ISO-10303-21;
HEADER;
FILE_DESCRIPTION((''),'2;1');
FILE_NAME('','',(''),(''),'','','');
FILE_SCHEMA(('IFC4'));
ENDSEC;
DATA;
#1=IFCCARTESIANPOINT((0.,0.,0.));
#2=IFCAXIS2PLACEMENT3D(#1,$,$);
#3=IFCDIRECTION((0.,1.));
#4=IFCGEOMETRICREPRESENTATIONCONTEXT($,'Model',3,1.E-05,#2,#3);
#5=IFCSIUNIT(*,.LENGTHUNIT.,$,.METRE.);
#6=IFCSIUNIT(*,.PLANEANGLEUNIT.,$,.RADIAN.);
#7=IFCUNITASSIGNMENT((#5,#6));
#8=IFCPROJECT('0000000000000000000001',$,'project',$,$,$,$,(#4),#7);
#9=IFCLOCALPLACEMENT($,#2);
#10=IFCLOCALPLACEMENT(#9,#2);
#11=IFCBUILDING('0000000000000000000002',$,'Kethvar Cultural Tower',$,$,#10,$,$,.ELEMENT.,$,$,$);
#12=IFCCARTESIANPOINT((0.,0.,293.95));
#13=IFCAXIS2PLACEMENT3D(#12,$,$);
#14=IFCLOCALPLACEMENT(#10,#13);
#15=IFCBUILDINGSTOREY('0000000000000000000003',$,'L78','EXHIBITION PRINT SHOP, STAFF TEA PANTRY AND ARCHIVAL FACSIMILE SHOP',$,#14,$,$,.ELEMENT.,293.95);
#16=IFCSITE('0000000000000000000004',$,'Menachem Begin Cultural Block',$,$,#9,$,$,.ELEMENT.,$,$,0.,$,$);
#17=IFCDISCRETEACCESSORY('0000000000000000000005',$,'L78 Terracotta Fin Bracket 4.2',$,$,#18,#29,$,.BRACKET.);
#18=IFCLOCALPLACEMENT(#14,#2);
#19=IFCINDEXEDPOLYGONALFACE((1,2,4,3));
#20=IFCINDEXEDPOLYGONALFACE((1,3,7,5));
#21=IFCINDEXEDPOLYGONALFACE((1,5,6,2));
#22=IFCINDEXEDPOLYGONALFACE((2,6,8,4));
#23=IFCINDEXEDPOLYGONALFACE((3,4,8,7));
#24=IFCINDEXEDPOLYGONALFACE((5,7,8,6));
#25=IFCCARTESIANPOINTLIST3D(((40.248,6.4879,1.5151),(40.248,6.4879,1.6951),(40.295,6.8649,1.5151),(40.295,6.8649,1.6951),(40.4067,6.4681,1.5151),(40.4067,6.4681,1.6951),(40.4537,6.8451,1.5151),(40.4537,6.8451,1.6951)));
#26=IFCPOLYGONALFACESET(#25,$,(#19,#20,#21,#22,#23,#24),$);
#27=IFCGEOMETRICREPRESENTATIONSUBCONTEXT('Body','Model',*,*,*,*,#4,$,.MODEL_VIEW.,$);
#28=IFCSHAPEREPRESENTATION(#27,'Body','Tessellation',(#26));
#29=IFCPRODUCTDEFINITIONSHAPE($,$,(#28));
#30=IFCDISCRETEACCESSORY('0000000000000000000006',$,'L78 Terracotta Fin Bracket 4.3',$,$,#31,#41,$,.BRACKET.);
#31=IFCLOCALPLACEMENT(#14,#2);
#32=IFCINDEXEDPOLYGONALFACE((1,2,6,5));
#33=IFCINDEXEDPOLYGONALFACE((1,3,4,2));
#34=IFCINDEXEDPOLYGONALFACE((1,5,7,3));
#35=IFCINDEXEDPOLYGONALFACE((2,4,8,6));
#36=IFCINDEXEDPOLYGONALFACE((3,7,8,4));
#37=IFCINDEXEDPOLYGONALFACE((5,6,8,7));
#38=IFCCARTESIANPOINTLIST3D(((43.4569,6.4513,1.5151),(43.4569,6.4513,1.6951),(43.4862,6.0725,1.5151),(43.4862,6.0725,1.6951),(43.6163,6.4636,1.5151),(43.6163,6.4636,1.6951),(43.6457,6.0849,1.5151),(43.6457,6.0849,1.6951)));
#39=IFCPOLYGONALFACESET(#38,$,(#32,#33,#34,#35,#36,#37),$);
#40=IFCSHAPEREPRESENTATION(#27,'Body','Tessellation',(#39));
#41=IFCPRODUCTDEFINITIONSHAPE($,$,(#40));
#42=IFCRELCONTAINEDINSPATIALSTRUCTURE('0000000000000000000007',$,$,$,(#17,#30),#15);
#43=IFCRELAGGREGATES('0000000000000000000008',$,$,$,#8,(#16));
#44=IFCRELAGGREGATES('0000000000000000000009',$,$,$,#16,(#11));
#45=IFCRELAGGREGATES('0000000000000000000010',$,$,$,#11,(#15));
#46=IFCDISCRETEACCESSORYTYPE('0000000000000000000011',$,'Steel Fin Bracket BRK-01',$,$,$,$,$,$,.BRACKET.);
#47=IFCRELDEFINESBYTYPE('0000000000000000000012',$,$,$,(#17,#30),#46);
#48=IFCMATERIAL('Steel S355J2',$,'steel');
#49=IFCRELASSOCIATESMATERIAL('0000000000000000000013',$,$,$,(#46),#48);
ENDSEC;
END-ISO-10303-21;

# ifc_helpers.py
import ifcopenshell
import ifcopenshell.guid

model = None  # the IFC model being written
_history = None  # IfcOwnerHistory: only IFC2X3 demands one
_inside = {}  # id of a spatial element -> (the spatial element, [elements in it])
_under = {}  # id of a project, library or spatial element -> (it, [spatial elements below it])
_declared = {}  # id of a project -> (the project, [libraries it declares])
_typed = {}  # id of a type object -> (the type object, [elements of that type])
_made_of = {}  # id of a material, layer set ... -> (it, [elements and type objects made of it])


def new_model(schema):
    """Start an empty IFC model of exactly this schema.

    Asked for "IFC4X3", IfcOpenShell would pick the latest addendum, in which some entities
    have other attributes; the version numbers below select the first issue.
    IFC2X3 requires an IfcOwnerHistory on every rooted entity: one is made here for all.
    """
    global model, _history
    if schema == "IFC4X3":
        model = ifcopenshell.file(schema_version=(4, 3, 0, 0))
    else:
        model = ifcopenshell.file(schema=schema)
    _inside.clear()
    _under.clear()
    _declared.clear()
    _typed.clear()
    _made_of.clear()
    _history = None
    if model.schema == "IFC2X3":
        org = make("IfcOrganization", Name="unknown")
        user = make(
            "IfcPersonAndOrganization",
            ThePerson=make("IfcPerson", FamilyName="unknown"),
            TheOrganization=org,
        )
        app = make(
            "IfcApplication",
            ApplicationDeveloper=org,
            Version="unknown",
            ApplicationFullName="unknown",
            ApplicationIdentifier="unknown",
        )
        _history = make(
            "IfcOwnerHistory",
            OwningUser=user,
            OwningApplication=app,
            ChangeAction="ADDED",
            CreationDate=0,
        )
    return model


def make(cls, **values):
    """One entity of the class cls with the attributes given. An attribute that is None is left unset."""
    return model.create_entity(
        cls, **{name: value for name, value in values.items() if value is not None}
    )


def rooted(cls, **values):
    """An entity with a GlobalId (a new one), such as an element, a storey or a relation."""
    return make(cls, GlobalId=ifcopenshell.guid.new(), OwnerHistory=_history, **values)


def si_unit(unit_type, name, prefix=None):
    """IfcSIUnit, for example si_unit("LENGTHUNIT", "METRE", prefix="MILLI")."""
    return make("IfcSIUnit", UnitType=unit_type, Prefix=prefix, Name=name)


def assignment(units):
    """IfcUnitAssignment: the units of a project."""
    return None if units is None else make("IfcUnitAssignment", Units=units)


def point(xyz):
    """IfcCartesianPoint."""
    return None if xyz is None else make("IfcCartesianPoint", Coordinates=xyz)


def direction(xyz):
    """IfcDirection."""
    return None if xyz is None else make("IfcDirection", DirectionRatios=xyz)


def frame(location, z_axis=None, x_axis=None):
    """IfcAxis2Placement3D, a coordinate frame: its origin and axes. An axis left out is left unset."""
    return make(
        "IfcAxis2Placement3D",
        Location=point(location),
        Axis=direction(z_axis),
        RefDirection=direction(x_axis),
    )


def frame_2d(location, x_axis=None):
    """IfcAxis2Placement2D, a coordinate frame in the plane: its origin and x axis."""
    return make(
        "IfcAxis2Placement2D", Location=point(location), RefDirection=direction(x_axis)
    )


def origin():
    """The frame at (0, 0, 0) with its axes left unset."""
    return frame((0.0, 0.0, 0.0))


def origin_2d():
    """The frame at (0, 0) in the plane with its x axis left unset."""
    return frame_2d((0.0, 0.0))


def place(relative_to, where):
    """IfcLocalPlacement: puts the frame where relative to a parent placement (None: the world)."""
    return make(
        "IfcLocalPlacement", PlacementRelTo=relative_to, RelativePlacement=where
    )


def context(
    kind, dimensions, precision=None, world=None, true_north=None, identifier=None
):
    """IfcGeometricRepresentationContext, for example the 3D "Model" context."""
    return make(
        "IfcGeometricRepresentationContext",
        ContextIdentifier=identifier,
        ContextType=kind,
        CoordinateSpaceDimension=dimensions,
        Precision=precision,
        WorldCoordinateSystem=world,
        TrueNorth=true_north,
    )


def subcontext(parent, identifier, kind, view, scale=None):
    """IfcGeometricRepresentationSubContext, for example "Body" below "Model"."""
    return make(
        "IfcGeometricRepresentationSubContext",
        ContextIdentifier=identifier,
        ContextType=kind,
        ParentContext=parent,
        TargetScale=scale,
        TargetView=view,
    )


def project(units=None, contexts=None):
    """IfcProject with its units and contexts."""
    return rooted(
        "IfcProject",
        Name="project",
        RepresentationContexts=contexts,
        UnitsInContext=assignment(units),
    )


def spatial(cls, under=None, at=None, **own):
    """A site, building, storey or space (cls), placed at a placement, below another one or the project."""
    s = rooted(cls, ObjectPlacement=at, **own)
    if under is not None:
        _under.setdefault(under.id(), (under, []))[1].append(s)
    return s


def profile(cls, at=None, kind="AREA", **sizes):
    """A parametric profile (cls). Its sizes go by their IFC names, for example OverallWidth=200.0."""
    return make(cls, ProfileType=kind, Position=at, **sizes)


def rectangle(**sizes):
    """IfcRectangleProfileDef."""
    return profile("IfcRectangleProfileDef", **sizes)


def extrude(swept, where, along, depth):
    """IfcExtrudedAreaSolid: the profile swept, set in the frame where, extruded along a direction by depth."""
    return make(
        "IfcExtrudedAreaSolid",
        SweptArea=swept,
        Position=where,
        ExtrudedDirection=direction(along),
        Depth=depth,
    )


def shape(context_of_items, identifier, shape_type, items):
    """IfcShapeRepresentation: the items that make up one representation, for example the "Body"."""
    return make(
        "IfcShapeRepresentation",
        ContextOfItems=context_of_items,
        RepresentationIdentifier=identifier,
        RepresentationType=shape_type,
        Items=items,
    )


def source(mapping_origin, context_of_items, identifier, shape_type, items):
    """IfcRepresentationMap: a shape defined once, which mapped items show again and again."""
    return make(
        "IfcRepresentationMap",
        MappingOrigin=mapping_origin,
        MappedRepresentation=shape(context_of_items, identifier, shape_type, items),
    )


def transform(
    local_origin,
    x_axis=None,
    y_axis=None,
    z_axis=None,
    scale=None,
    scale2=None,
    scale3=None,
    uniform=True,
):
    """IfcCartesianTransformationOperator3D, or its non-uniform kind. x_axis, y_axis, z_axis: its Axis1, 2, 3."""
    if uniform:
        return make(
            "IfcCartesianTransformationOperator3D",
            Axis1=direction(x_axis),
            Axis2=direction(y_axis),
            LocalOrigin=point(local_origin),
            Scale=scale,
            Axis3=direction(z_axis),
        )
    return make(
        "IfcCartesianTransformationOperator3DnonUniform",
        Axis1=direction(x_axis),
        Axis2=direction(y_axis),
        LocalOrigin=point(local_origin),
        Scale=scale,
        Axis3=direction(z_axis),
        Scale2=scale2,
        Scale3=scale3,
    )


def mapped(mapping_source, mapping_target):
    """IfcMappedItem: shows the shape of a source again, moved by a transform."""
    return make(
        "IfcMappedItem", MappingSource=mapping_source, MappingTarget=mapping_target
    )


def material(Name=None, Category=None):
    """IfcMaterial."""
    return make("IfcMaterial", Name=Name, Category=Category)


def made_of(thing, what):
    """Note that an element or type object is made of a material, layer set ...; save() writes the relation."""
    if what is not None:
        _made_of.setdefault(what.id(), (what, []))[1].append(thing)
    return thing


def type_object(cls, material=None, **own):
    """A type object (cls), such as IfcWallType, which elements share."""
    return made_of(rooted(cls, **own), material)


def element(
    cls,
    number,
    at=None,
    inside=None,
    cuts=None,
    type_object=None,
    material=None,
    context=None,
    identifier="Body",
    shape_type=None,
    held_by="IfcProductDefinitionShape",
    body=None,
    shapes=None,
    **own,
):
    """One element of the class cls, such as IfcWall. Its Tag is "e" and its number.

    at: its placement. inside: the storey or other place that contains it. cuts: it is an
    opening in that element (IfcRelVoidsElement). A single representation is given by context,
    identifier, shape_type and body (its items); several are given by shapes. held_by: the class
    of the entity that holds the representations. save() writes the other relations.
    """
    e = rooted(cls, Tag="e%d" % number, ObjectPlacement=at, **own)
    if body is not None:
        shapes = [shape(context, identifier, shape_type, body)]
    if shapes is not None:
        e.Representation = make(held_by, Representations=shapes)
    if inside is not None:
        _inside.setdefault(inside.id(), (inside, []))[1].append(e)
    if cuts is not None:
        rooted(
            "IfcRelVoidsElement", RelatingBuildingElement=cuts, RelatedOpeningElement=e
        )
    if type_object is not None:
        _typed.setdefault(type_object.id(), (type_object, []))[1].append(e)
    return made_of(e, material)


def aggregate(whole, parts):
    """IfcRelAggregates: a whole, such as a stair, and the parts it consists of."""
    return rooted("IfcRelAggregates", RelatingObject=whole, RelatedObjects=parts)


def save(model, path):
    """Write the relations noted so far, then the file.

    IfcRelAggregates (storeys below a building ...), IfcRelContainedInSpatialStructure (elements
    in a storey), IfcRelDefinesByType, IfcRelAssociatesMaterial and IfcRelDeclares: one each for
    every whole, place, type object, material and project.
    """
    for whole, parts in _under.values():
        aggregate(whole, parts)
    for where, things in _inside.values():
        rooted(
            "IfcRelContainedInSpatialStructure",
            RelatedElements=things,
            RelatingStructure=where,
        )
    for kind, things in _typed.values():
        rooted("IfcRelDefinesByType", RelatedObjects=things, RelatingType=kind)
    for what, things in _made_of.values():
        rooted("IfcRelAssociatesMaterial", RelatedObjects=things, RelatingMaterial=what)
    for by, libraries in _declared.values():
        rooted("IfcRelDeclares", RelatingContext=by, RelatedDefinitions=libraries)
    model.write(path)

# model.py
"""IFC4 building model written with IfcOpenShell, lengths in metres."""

from ifc_helpers import new_model, si_unit, direction, frame, origin, origin_2d, place, context, subcontext, project, spatial, rectangle, extrude, source, transform, mapped, material, type_object, element, save


model = new_model("IFC4")

# Units and contexts
model_context = context("Model", 3, precision=1e-05, world=origin(), true_north=direction((0.0, 1.0)))
body_context = subcontext(model_context, "Body", "Model", "MODEL_VIEW")
ifc_project = project(units=[si_unit("LENGTHUNIT", "METRE"), si_unit("PLANEANGLEUNIT", "RADIAN")], contexts=[model_context])

# Site, building, storey
site_placement = place(None, origin())
site = spatial("IfcSite", under=ifc_project, at=site_placement, Name="Menachem Begin Cultural Block", CompositionType="ELEMENT", RefElevation=0.0)
building_placement = place(site_placement, origin())
building = spatial("IfcBuilding", under=site, at=building_placement, Name="Kethvar Cultural Tower", CompositionType="ELEMENT")
storey_placement = place(building_placement, frame((0.0, 0.0, 293.95)))
storey = spatial("IfcBuildingStorey", under=building, at=storey_placement, Name="L78", Description="EXHIBITION PRINT SHOP, STAFF TEA PANTRY AND ARCHIVAL FACSIMILE SHOP", CompositionType="ELEMENT", Elevation=293.95)

# Shared definitions
ifc_material_1 = material(Name="Steel S355J2", Category="steel")

# Discrete accessories
discrete_accessory_type = type_object("IfcDiscreteAccessoryType", Name="Steel Fin Bracket BRK-01", PredefinedType="BRACKET", material=ifc_material_1)
shared_shape_1 = source(origin(), body_context, "Body", "SweptSolid", [
    extrude(rectangle(XDim=0.3799, YDim=0.1599, at=origin_2d()), origin(), (0.0, 0.0, 1.0), 0.1799),
])
for number, where, z_axis, x_axis, name in (
    (1, (40.3508, 6.6665, 1.5151), (0.0, 0.0, 1.0), (-0.123601, -0.992332, 0.0), "L78 Terracotta Fin Bracket 4.2"),
    (2, (43.5513, 6.2681, 1.5151), (0.0, 0.0, 1.0), (0.077241, -0.997012, 0.0), "L78 Terracotta Fin Bracket 4.3"),
):
    element("IfcDiscreteAccessory", number, at=place(storey_placement, frame(where, z_axis=z_axis, x_axis=x_axis)), inside=storey, type_object=discrete_accessory_type, Name=name, PredefinedType="BRACKET", context=body_context, shape_type="MappedRepresentation", body=[
        mapped(shared_shape_1, transform((0.0, 0.0, 0.0), scale=1.0)),
    ])

save(model, "model.ifc")
